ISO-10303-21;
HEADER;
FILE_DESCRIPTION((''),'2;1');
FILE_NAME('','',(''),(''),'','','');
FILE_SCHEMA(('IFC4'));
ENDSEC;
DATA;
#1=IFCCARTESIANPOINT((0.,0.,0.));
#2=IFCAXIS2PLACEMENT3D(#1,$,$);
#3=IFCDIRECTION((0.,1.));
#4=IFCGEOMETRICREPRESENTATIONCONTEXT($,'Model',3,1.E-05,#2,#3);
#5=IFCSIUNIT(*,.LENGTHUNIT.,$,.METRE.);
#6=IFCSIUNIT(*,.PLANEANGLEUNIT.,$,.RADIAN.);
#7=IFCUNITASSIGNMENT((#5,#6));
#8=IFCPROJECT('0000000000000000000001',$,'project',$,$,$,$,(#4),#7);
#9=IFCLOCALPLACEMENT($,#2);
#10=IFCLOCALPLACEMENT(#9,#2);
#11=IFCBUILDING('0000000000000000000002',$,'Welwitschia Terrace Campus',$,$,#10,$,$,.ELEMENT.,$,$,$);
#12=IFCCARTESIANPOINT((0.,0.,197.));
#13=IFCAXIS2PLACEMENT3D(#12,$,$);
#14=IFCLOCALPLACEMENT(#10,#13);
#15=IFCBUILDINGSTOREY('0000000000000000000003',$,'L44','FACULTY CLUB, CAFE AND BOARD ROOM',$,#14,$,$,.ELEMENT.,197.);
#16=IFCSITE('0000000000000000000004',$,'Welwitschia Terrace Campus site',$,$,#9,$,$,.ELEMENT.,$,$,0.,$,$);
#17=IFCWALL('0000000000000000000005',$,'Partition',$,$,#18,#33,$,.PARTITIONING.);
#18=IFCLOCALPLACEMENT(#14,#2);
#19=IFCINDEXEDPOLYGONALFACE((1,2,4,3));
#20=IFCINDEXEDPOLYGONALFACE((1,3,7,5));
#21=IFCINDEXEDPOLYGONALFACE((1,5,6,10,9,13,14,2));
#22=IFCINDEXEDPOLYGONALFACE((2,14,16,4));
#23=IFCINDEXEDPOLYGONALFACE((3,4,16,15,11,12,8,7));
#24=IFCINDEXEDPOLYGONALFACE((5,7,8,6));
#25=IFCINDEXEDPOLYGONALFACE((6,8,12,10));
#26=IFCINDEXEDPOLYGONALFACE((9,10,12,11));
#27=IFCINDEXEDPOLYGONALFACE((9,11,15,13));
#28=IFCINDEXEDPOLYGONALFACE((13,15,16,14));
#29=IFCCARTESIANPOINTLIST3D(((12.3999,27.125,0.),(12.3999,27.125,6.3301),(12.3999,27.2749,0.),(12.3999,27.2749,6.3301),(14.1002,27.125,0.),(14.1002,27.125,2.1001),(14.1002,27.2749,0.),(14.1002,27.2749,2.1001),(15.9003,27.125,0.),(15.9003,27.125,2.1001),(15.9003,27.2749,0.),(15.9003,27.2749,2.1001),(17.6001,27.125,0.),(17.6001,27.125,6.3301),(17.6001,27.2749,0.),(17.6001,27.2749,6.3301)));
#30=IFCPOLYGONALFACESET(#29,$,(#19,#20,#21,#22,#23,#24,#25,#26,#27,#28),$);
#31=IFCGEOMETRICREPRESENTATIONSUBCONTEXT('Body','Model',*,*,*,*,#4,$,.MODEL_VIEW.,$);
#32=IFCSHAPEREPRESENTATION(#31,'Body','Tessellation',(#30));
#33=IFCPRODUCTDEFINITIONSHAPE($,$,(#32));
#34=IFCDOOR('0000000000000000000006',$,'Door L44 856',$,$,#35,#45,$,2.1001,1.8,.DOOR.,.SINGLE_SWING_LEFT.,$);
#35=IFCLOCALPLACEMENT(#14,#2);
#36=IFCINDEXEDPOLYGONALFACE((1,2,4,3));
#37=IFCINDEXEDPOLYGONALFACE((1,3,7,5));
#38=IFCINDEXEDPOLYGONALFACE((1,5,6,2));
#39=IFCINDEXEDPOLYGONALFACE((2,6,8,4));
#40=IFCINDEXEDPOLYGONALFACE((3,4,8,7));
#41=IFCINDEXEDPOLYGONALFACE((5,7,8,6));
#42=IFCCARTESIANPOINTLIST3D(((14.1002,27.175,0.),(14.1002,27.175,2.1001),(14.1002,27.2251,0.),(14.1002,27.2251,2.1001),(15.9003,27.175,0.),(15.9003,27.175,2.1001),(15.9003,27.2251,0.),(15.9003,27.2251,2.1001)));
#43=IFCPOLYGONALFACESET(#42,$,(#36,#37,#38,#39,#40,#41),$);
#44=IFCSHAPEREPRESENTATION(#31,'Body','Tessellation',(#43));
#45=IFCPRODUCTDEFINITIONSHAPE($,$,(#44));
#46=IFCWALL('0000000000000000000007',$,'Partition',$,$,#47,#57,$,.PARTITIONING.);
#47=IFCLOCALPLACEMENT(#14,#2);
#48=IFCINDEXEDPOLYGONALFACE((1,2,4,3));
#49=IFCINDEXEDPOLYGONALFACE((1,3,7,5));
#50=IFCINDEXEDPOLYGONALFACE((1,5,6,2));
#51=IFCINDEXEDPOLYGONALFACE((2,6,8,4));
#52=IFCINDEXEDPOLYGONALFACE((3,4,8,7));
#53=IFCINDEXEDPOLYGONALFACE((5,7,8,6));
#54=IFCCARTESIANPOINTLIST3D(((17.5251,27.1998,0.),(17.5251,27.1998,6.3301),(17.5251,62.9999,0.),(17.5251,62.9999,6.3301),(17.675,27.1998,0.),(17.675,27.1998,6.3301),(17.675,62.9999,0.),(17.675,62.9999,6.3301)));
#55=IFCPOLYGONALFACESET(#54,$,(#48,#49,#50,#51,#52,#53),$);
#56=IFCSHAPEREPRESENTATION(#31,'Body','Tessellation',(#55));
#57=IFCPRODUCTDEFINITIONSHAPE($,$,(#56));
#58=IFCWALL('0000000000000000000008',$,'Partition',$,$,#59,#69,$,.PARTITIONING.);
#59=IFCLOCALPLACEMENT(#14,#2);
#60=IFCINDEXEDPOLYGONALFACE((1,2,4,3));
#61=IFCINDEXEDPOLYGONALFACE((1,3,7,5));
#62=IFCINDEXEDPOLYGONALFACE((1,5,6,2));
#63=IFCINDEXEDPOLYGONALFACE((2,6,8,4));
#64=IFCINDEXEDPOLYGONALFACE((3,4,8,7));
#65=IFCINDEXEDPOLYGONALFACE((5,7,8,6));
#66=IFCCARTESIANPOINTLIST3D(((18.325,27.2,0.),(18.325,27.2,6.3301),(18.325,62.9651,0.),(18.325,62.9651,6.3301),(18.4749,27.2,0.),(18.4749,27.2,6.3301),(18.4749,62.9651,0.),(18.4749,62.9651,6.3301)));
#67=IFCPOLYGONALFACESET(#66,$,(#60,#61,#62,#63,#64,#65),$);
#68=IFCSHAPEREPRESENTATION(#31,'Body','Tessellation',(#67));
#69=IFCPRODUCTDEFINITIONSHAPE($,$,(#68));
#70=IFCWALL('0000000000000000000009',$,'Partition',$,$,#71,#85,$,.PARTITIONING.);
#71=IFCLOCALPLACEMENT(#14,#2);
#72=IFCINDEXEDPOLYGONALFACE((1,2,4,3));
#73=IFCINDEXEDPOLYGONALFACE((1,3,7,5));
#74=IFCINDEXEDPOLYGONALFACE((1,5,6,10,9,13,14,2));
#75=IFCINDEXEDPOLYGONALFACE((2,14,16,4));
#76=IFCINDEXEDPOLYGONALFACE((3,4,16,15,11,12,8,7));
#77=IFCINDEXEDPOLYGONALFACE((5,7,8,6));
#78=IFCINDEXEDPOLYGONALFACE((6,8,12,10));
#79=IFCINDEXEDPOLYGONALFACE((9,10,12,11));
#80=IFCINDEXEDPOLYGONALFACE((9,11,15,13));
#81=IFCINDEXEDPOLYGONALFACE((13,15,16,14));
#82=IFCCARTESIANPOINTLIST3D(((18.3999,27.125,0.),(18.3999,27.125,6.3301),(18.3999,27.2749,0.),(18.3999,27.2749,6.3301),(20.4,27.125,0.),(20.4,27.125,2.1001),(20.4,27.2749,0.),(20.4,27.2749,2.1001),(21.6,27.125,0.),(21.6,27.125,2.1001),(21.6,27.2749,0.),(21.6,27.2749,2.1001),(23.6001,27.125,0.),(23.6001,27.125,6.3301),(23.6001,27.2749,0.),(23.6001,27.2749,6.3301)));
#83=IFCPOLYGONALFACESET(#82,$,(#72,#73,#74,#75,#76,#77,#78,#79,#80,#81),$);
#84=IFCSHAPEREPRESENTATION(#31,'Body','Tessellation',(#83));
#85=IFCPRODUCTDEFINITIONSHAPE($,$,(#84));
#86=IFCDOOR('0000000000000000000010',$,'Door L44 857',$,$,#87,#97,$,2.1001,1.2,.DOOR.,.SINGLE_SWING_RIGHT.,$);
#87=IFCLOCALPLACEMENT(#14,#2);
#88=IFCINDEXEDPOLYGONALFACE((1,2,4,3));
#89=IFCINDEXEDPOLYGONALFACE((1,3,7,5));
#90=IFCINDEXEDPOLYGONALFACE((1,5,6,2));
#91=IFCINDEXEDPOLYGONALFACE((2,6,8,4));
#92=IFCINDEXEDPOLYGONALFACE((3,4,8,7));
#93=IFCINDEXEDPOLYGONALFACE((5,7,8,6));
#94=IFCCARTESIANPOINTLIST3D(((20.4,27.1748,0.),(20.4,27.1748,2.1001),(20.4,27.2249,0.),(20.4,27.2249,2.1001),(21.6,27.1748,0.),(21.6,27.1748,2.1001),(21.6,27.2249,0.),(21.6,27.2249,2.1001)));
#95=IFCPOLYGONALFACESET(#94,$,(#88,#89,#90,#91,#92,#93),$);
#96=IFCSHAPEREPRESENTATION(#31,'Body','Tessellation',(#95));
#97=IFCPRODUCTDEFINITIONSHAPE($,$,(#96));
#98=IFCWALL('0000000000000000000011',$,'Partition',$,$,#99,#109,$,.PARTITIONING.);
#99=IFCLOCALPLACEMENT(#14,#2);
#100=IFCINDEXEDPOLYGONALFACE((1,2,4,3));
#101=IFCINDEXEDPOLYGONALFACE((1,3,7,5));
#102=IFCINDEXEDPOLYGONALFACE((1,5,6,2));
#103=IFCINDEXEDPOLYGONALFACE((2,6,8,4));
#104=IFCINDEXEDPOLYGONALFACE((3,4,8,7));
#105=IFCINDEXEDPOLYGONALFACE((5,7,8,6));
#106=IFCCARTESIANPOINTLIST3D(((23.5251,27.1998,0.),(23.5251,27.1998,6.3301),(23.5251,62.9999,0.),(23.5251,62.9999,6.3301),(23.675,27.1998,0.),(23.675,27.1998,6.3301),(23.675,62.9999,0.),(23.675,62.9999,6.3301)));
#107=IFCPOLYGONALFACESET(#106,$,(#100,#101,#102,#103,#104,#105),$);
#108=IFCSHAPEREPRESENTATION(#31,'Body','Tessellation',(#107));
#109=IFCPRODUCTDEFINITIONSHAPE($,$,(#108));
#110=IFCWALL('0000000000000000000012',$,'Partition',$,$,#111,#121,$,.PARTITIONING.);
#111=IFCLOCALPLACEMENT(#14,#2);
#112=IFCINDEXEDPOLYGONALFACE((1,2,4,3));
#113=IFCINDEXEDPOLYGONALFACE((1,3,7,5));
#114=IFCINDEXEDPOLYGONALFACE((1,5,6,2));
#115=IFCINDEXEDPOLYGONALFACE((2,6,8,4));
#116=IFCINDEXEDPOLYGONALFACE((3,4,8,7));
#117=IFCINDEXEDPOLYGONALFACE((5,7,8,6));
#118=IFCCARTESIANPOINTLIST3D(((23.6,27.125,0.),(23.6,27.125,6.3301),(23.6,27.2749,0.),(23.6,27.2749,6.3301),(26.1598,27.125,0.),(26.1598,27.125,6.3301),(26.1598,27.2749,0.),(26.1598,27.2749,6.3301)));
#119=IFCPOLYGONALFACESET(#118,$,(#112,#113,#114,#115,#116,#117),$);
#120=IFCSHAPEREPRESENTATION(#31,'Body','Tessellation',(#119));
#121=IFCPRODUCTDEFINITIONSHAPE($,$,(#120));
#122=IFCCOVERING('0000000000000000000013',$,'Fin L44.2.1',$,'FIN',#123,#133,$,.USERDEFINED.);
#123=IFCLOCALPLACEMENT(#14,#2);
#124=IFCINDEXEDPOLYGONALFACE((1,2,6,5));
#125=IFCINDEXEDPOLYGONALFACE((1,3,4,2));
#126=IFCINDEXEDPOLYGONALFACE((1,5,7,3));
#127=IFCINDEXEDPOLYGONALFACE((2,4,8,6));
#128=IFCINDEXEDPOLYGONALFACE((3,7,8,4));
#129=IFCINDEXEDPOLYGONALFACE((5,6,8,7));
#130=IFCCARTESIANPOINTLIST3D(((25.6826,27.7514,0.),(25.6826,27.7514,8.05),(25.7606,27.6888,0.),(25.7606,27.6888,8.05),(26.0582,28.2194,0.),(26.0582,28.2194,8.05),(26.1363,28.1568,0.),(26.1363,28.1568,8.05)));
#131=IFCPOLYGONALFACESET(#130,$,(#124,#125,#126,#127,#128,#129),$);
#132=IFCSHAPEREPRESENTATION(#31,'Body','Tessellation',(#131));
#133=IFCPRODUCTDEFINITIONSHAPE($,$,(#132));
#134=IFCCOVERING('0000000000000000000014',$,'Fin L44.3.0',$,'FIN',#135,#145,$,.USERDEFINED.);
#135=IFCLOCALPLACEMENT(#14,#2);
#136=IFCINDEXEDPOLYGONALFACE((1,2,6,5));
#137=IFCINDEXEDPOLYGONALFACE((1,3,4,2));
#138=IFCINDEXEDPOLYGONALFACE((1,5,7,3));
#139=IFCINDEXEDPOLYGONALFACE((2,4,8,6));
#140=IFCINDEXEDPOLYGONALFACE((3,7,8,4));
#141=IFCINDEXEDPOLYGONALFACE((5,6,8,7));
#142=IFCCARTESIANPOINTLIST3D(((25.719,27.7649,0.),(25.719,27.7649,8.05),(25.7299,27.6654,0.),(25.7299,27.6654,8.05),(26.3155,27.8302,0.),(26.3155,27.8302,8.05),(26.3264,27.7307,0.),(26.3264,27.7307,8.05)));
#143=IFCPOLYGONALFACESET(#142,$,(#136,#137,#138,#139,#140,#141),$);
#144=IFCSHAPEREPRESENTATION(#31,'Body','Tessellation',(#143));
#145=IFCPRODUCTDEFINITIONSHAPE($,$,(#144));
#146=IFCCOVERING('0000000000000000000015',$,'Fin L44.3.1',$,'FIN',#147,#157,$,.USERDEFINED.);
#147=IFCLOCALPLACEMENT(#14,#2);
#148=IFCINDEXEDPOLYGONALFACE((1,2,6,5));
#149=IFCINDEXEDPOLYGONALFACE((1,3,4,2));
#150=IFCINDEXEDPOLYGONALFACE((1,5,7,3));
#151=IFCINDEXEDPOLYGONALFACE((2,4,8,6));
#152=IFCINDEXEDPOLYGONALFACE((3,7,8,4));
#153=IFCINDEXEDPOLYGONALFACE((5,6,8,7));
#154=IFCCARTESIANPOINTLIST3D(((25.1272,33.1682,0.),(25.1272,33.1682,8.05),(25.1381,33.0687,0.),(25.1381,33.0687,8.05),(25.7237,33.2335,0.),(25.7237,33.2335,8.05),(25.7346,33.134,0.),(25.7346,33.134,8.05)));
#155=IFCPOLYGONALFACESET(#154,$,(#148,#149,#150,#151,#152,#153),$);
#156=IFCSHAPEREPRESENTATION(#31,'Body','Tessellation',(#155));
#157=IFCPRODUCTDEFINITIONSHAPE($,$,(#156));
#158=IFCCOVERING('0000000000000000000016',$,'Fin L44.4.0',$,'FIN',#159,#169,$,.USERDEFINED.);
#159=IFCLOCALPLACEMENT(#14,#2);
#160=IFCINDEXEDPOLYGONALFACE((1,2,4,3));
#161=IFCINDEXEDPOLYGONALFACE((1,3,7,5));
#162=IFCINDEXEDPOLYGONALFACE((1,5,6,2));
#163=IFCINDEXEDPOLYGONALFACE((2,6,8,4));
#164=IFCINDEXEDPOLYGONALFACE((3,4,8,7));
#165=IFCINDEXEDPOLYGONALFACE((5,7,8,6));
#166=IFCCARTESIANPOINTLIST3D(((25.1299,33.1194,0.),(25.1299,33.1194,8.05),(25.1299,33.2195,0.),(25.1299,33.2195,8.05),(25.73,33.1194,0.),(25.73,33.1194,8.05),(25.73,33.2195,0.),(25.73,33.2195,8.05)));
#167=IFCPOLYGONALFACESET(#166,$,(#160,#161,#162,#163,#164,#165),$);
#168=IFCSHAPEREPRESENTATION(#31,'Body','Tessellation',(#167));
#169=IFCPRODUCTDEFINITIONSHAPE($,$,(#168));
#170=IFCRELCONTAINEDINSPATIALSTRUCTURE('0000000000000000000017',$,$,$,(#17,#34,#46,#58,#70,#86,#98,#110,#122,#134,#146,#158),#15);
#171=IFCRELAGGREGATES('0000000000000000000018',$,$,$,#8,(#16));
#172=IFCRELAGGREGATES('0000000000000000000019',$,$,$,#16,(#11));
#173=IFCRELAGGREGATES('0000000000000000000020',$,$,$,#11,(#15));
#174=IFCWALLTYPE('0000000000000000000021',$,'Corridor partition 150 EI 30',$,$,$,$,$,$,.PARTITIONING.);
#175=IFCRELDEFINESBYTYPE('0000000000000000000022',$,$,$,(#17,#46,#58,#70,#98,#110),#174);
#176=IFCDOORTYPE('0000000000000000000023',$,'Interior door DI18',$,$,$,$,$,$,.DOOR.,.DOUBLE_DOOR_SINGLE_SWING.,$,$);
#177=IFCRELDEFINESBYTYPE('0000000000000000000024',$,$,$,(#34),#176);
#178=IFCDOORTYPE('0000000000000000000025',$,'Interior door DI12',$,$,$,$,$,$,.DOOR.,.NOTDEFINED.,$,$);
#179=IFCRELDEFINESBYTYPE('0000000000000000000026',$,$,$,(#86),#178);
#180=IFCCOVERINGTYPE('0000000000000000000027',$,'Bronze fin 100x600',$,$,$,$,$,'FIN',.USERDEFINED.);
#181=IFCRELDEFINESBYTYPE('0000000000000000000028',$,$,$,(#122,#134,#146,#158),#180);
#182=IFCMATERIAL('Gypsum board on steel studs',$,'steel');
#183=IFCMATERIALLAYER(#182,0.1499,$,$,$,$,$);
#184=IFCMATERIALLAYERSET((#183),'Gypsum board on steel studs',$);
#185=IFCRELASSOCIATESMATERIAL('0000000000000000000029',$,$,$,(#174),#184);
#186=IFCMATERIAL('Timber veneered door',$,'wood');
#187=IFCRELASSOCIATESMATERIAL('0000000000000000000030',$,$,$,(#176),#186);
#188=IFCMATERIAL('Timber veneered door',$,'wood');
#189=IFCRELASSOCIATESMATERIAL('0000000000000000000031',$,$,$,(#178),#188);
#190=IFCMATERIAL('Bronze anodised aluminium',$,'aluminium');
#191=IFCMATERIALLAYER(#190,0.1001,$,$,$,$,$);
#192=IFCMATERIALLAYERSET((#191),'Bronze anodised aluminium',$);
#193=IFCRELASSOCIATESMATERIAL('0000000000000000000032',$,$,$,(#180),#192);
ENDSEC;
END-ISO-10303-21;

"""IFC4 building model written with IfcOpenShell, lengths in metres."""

from ifc_helpers import new_model, si_unit, direction, frame, frame_2d, origin, origin_2d, place, context, subcontext, project, spatial, rectangle, extrude, material, layer, layer_set, type_object, element, fill, save


model = new_model("IFC4")

# Units and contexts
model_context = context("Model", 3, precision=1e-05, world=origin(), true_north=direction((0.0, 1.0)))
body_context = subcontext(model_context, "Body", "Model", "MODEL_VIEW")
ifc_project = project(units=[si_unit("LENGTHUNIT", "METRE"), si_unit("PLANEANGLEUNIT", "RADIAN")], contexts=[model_context])

# Site, building, storey
site_placement = place(None, origin())
site = spatial("IfcSite", under=ifc_project, at=site_placement, Name="Welwitschia Terrace Campus site", CompositionType="ELEMENT", RefElevation=0.0)
building_placement = place(site_placement, origin())
building = spatial("IfcBuilding", under=site, at=building_placement, Name="Welwitschia Terrace Campus", CompositionType="ELEMENT")
storey_placement = place(building_placement, frame((0.0, 0.0, 197.0)))
storey = spatial("IfcBuildingStorey", under=building, at=storey_placement, Name="L44", Description="FACULTY CLUB, CAFE AND BOARD ROOM", CompositionType="ELEMENT", Elevation=197.0)

# Wall, opening, door
ifc_material_1 = material(Name="Gypsum board on steel studs", Category="steel")
ifc_layer_1 = layer(ifc_material_1, 0.1499)
ifc_layer_set_1 = layer_set([ifc_layer_1], Name="Gypsum board on steel studs")
wall_type = type_object("IfcWallType", Name="Corridor partition 150 EI 30", PredefinedType="PARTITIONING", material=ifc_layer_set_1)
wall_1_placement = place(storey_placement, frame((17.6001, 27.2, 0.0), z_axis=(0.0, 0.0, 1.0), x_axis=(-1.0, 0.0, 0.0)))
wall_1 = element("IfcWall", 1, at=wall_1_placement, inside=storey, type_object=wall_type, Name="Partition", PredefinedType="PARTITIONING", context=body_context, shape_type="SweptSolid", body=[
    extrude(rectangle(XDim=5.2002, YDim=0.1499, at=frame_2d((2.6001, 0.0))), origin(), (0.0, 0.0, 1.0), 6.3301),
])
opening_1_placement = place(wall_1_placement, frame((1.7, 0.0, 0.0)))
opening_1 = element("IfcOpeningElement", 2, at=opening_1_placement, cuts=wall_1, PredefinedType="OPENING", context=body_context, shape_type="SweptSolid", body=[
    extrude(rectangle(XDim=1.8, YDim=2.1001, at=frame_2d((0.8999, 1.05))), frame((0.0, 0.085, 0.0), z_axis=(0.0, -1.0, 0.0), x_axis=(1.0, 0.0, 0.0)), (0.0, 0.0, 1.0), 0.1699),
])
ifc_material_2 = material(Name="Timber veneered door", Category="wood")
door_type_1 = type_object("IfcDoorType", Name="Interior door DI18", OperationType="DOUBLE_DOOR_SINGLE_SWING", PredefinedType="DOOR", material=ifc_material_2)
door_1_placement = place(opening_1_placement, origin())
door_1 = element("IfcDoor", 3, at=door_1_placement, inside=storey, type_object=door_type_1, Name="Door L44 856", OperationType="SINGLE_SWING_LEFT", OverallHeight=2.1001, OverallWidth=1.8, PredefinedType="DOOR", context=body_context, shape_type="SweptSolid", body=[
    extrude(rectangle(XDim=1.8, YDim=2.1001, at=frame_2d((0.8999, 1.05))), frame((0.0, 0.0249, 0.0), z_axis=(0.0, -1.0, 0.0), x_axis=(1.0, 0.0, 0.0)), (0.0, 0.0, 1.0), 0.05),
])
fill(opening_1, door_1)

# Walls
wall_2_placement = place(storey_placement, frame((17.6001, 27.2, 0.0), z_axis=(0.0, 0.0, 1.0), x_axis=(0.0, 1.0, 0.0)))
element("IfcWall", 4, at=wall_2_placement, inside=storey, type_object=wall_type, Name="Partition", PredefinedType="PARTITIONING", context=body_context, shape_type="SweptSolid", body=[
    extrude(rectangle(XDim=35.8, YDim=0.1499, at=frame_2d((17.8999, 0.0))), origin(), (0.0, 0.0, 1.0), 6.3301),
])
wall_3_placement = place(storey_placement, frame((18.3999, 27.2, 0.0), z_axis=(0.0, 0.0, 1.0), x_axis=(0.0, 1.0, 0.0)))
element("IfcWall", 5, at=wall_3_placement, inside=storey, type_object=wall_type, Name="Partition", PredefinedType="PARTITIONING", context=body_context, shape_type="SweptSolid", body=[
    extrude(rectangle(XDim=35.7651, YDim=0.1499, at=frame_2d((17.8826, 0.0))), origin(), (0.0, 0.0, 1.0), 6.3301),
])

# Wall, opening, door
wall_4_placement = place(storey_placement, frame((18.3999, 27.2, 0.0), z_axis=(0.0, 0.0, 1.0), x_axis=(1.0, 0.0, 0.0)))
wall_4 = element("IfcWall", 6, at=wall_4_placement, inside=storey, type_object=wall_type, Name="Partition", PredefinedType="PARTITIONING", context=body_context, shape_type="SweptSolid", body=[
    extrude(rectangle(XDim=5.2002, YDim=0.1499, at=frame_2d((2.6001, 0.0))), origin(), (0.0, 0.0, 1.0), 6.3301),
])
opening_2_placement = place(wall_4_placement, frame((2.0, 0.0, 0.0)))
opening_2 = element("IfcOpeningElement", 7, at=opening_2_placement, cuts=wall_4, PredefinedType="OPENING", context=body_context, shape_type="SweptSolid", body=[
    extrude(rectangle(XDim=1.2, YDim=2.1001, at=frame_2d((0.6001, 1.05))), frame((0.0, 0.085, 0.0), z_axis=(0.0, -1.0, 0.0), x_axis=(1.0, 0.0, 0.0)), (0.0, 0.0, 1.0), 0.1699),
])
ifc_material_3 = material(Name="Timber veneered door", Category="wood")
door_type_2 = type_object("IfcDoorType", Name="Interior door DI12", OperationType="NOTDEFINED", PredefinedType="DOOR", material=ifc_material_3)
door_2_placement = place(opening_2_placement, origin())
door_2 = element("IfcDoor", 8, at=door_2_placement, inside=storey, type_object=door_type_2, Name="Door L44 857", OperationType="SINGLE_SWING_RIGHT", OverallHeight=2.1001, OverallWidth=1.2, PredefinedType="DOOR", context=body_context, shape_type="SweptSolid", body=[
    extrude(rectangle(XDim=1.2, YDim=2.1001, at=frame_2d((0.6001, 1.05))), frame((0.0, 0.0249, 0.0), z_axis=(0.0, -1.0, 0.0), x_axis=(1.0, 0.0, 0.0)), (0.0, 0.0, 1.0), 0.05),
])
fill(opening_2, door_2)

# Walls
wall_5_placement = place(storey_placement, frame((23.6001, 27.2, 0.0), z_axis=(0.0, 0.0, 1.0), x_axis=(0.0, 1.0, 0.0)))
element("IfcWall", 9, at=wall_5_placement, inside=storey, type_object=wall_type, Name="Partition", PredefinedType="PARTITIONING", context=body_context, shape_type="SweptSolid", body=[
    extrude(rectangle(XDim=35.8, YDim=0.1499, at=frame_2d((17.8999, 0.0))), origin(), (0.0, 0.0, 1.0), 6.3301),
])
wall_6_placement = place(storey_placement, frame((23.6001, 27.2, 0.0), z_axis=(0.0, 0.0, 1.0), x_axis=(1.0, 0.0, 0.0)))
element("IfcWall", 10, at=wall_6_placement, inside=storey, type_object=wall_type, Name="Partition", PredefinedType="PARTITIONING", context=body_context, shape_type="SweptSolid", body=[
    extrude(rectangle(XDim=2.5598, YDim=0.1499, at=frame_2d((1.2798, 0.0))), origin(), (0.0, 0.0, 1.0), 6.3301),
])

# Coverings
ifc_material_4 = material(Name="Bronze anodised aluminium", Category="aluminium")
ifc_layer_2 = layer(ifc_material_4, 0.1001)
ifc_layer_set_2 = layer_set([ifc_layer_2], Name="Bronze anodised aluminium")
covering_type = type_object("IfcCoveringType", Name="Bronze fin 100x600", ElementType="FIN", PredefinedType="USERDEFINED", material=ifc_layer_set_2)
for number, where, z_axis, x_axis, name in (
    (11, (25.9094, 27.9541, 0.0), (0.0, 0.0, 1.0), (-0.779884, 0.625923, 0.0), "Fin L44.2.1"),
    (12, (26.0227, 27.7478, 0.0), (0.0, 0.0, 1.0), (-0.108867, 0.994056, 0.0), "Fin L44.3.0"),
    (13, (25.4309, 33.1511, 0.0), (0.0, 0.0, 1.0), (-0.108867, 0.994056, 0.0), "Fin L44.3.1"),
    (14, (25.4299, 33.1694, 0.0), (0.0, 0.0, 1.0), (0.0, 1.0, 0.0), "Fin L44.4.0"),
):
    element("IfcCovering", number, at=place(storey_placement, frame(where, z_axis=z_axis, x_axis=x_axis)), inside=storey, type_object=covering_type, Name=name, ObjectType="FIN", PredefinedType="USERDEFINED", context=body_context, shape_type="SweptSolid", body=[
        extrude(rectangle(XDim=0.1001, YDim=0.6001, at=origin_2d()), origin(), (0.0, 0.0, 1.0), 8.05),
    ])

save(model, "model.ifc")
